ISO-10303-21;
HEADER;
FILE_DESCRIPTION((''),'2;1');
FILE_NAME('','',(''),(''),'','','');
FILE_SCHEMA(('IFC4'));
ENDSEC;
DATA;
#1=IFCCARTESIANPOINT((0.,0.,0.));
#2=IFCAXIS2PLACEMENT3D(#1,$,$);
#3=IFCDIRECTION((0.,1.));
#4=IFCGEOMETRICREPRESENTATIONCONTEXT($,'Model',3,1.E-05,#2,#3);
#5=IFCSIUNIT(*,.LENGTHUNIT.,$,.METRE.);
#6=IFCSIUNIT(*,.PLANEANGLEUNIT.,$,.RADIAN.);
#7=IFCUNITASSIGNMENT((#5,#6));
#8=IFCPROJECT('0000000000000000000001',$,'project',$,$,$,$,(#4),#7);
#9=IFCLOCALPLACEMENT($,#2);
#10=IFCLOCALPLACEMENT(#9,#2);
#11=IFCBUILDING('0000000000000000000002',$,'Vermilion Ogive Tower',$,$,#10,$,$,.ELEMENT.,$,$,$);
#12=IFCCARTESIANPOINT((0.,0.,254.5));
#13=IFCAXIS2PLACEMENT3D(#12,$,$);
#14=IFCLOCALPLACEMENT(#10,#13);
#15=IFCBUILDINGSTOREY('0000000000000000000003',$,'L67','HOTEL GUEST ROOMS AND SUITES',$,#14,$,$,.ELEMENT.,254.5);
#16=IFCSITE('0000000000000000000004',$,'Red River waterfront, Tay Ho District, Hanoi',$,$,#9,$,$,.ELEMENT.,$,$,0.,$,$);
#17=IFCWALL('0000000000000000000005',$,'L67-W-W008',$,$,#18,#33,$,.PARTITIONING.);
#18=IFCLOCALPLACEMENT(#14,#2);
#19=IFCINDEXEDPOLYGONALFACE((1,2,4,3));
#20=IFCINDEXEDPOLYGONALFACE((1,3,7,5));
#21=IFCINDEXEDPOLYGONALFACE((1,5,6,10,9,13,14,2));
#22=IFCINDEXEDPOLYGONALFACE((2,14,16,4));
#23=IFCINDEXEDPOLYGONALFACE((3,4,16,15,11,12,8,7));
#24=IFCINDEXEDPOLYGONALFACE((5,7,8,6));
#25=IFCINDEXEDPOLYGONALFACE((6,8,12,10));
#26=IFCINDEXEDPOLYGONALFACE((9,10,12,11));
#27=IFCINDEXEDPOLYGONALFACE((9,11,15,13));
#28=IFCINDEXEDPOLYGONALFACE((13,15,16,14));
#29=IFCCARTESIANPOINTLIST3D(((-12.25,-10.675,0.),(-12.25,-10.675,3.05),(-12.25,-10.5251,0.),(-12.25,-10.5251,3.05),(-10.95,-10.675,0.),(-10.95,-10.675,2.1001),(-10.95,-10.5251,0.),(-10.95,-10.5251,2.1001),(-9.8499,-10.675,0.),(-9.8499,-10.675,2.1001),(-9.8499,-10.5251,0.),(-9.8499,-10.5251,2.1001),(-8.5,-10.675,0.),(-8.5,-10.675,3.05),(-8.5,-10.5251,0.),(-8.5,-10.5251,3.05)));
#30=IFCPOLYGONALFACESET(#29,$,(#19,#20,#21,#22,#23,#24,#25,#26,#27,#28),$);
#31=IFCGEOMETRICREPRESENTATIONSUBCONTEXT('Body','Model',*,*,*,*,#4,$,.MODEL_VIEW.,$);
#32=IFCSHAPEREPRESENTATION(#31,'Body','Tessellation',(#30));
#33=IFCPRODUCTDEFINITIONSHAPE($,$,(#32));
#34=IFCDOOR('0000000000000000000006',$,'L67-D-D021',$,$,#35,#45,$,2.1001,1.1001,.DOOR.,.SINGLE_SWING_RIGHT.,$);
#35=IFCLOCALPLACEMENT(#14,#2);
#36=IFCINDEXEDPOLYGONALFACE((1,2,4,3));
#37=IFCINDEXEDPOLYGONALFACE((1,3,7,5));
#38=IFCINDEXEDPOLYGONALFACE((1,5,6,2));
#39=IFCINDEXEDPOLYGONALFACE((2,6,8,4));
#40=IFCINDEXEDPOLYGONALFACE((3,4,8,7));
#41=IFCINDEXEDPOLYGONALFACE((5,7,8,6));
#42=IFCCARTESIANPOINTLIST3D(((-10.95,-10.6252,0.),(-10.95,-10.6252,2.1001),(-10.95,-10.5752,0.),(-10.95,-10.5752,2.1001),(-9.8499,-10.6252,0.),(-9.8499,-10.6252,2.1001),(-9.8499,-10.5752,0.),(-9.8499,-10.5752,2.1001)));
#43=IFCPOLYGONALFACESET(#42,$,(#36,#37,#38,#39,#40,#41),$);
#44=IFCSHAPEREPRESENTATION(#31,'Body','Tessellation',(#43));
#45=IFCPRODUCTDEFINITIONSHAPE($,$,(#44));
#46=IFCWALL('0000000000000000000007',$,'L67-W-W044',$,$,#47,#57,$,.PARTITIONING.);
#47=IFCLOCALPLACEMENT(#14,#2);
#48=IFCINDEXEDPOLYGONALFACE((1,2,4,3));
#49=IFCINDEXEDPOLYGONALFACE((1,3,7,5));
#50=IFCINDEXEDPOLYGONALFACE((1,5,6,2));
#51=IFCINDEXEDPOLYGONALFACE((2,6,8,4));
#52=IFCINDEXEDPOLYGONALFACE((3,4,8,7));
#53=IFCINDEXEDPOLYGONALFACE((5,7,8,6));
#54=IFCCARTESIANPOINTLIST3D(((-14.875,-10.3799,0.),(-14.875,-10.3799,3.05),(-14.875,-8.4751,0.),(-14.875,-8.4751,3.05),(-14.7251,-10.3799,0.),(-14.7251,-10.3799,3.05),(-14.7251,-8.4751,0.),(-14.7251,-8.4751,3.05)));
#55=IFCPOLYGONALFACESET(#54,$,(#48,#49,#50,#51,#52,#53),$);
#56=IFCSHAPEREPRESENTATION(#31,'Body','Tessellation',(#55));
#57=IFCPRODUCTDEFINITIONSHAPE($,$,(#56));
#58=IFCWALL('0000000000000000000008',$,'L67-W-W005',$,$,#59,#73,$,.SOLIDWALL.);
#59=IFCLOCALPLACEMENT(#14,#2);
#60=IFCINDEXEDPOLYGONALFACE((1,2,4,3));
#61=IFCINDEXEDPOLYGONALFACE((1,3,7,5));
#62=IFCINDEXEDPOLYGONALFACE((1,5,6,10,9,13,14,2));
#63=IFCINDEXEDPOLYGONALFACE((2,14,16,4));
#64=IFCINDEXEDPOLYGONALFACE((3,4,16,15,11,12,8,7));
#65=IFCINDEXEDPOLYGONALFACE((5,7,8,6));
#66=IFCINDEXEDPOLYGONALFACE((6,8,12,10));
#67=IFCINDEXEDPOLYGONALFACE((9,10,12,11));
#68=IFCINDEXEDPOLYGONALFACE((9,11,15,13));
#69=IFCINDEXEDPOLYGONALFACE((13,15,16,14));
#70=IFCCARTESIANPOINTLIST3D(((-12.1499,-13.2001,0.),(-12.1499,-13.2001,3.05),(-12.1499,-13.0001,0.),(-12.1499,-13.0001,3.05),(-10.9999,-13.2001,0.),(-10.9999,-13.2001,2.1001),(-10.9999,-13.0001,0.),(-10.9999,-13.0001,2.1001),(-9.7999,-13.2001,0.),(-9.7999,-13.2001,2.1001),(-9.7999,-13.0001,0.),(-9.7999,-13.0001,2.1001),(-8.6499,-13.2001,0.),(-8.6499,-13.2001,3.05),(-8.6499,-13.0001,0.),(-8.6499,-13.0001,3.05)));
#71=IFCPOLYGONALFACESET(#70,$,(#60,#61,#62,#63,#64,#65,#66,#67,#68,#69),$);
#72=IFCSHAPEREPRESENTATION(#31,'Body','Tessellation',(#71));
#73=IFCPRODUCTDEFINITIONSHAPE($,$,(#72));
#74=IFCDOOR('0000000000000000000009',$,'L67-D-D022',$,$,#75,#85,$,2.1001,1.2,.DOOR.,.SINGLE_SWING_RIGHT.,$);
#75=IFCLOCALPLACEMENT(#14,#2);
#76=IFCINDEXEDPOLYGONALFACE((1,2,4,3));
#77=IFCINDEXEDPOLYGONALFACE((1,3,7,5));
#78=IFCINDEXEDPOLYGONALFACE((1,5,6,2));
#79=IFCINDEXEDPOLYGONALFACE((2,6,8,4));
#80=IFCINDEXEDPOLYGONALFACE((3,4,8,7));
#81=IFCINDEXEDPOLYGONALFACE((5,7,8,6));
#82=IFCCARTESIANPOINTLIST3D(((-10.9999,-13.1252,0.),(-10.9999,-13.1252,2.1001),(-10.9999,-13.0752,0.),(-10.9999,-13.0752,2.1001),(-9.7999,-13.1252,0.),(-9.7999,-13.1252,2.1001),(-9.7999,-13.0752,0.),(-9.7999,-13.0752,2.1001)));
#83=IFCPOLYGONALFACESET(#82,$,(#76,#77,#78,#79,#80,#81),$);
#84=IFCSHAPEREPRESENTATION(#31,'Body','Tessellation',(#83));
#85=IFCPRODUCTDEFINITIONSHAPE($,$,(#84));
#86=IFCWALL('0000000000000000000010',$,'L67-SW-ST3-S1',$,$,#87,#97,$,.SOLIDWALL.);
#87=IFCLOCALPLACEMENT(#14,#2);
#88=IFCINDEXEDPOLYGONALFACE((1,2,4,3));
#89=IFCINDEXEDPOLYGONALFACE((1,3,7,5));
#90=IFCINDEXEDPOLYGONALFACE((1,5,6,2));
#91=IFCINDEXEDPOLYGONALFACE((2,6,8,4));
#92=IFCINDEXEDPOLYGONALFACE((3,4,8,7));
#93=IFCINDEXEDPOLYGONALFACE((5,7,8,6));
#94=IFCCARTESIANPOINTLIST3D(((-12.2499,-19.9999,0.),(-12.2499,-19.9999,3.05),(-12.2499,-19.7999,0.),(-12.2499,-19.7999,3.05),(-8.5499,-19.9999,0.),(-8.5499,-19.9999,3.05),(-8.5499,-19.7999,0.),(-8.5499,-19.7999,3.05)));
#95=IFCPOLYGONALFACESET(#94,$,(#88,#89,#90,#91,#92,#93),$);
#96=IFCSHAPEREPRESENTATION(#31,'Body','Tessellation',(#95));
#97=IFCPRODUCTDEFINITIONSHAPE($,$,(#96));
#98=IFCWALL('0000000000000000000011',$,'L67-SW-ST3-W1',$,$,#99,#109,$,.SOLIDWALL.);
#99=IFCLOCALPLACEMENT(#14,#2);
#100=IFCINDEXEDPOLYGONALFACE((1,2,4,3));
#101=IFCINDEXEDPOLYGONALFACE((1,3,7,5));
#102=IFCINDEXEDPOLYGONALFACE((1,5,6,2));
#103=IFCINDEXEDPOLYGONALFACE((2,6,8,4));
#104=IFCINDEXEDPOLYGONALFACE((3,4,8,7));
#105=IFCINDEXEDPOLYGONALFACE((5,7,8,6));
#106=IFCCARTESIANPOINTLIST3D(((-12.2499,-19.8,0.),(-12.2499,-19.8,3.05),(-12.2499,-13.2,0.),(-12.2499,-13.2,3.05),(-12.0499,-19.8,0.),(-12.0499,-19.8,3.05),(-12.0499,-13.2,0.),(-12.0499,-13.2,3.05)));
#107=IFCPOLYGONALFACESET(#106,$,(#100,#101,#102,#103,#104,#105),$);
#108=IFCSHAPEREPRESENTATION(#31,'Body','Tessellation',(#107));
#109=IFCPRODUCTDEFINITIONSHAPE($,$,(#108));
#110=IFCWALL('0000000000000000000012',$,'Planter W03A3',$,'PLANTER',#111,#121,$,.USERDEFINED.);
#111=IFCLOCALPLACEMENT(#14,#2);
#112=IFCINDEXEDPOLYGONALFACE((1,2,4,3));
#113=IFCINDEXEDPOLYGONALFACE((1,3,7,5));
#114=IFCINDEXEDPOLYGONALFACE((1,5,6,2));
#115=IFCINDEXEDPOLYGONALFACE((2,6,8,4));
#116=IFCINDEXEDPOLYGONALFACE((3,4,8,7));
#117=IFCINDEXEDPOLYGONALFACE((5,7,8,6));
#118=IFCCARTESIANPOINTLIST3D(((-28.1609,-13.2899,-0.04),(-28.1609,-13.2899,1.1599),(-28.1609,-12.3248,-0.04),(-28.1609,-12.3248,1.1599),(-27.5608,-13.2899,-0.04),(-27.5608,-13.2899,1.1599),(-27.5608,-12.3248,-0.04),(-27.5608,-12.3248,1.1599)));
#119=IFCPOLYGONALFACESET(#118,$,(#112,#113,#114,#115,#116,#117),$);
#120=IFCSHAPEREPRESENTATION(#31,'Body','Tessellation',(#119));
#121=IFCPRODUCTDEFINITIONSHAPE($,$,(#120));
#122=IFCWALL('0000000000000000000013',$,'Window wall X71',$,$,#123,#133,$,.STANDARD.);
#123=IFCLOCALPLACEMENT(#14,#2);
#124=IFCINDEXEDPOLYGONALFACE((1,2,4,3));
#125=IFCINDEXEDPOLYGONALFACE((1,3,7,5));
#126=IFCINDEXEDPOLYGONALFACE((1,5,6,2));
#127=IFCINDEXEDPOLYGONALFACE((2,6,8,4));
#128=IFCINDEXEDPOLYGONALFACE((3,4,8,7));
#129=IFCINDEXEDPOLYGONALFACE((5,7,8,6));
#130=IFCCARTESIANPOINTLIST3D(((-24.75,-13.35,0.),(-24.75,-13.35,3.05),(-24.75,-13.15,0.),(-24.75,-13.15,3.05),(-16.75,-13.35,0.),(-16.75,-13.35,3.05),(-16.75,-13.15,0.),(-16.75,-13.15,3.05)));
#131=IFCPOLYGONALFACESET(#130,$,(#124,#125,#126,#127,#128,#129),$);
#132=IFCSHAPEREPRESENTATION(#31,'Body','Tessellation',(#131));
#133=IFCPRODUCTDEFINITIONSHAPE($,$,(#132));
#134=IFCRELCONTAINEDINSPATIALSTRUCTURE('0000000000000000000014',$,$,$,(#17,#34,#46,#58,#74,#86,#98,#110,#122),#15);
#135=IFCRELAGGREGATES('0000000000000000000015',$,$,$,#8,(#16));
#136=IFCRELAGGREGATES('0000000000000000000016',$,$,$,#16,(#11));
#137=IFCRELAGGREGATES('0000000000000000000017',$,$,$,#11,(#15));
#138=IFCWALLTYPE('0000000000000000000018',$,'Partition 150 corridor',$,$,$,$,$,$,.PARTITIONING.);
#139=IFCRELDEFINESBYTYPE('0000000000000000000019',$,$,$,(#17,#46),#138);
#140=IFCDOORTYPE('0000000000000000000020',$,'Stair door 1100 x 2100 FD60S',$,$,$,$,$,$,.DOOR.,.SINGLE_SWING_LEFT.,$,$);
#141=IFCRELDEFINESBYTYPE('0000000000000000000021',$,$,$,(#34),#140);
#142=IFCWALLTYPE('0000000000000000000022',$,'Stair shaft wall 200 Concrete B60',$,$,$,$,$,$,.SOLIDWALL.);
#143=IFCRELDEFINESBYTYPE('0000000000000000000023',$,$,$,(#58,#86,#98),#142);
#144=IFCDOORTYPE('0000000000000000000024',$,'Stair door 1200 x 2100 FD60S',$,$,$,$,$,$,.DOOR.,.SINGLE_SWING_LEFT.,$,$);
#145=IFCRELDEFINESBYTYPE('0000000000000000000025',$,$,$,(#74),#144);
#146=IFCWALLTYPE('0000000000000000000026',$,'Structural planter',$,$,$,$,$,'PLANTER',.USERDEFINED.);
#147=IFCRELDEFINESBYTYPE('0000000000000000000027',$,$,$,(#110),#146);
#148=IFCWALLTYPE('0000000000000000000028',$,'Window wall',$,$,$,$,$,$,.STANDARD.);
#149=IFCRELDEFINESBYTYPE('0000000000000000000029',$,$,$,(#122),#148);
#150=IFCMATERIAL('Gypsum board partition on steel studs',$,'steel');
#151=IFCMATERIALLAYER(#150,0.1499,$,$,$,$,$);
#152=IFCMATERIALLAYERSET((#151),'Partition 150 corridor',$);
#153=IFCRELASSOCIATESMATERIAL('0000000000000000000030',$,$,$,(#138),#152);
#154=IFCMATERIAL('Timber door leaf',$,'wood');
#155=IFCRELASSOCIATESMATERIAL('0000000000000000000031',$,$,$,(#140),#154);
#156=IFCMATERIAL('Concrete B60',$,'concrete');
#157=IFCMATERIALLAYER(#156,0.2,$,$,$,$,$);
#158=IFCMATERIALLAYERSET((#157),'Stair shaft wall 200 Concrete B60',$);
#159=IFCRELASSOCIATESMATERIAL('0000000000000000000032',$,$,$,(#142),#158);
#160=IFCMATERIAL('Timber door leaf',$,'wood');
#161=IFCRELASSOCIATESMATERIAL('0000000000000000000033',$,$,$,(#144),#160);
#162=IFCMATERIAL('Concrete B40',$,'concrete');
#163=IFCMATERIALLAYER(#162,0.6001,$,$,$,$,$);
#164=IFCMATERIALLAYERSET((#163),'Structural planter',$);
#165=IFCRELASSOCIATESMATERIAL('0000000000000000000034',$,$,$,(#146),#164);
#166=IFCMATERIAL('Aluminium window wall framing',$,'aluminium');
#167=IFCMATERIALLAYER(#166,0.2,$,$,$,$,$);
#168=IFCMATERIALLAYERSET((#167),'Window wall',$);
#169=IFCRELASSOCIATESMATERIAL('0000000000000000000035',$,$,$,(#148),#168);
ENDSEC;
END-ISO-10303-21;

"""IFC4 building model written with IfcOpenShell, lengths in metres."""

from ifc_helpers import new_model, si_unit, direction, frame, frame_2d, origin, place, context, subcontext, project, spatial, rectangle, extrude, material, layer, layer_set, type_object, element, fill, save


model = new_model("IFC4")

# Units and contexts
model_context = context("Model", 3, precision=1e-05, world=origin(), true_north=direction((0.0, 1.0)))
body_context = subcontext(model_context, "Body", "Model", "MODEL_VIEW")
ifc_project = project(units=[si_unit("LENGTHUNIT", "METRE"), si_unit("PLANEANGLEUNIT", "RADIAN")], contexts=[model_context])

# Site, building, storey
site_placement = place(None, origin())
site = spatial("IfcSite", under=ifc_project, at=site_placement, Name="Red River waterfront, Tay Ho District, Hanoi", CompositionType="ELEMENT", RefElevation=0.0)
building_placement = place(site_placement, origin())
building = spatial("IfcBuilding", under=site, at=building_placement, Name="Vermilion Ogive Tower", CompositionType="ELEMENT")
storey_placement = place(building_placement, frame((0.0, 0.0, 254.5)))
storey = spatial("IfcBuildingStorey", under=building, at=storey_placement, Name="L67", Description="HOTEL GUEST ROOMS AND SUITES", CompositionType="ELEMENT", Elevation=254.5)

# Wall, opening, door
ifc_material_1 = material(Name="Gypsum board partition on steel studs", Category="steel")
ifc_layer_1 = layer(ifc_material_1, 0.1499)
ifc_layer_set_1 = layer_set([ifc_layer_1], Name="Partition 150 corridor")
wall_type_1 = type_object("IfcWallType", Name="Partition 150 corridor", PredefinedType="PARTITIONING", material=ifc_layer_set_1)
wall_1_placement = place(storey_placement, frame((-12.25, -10.6001, 0.0), z_axis=(0.0, 0.0, 1.0), x_axis=(1.0, 0.0, 0.0)))
wall_1 = element("IfcWall", 1, at=wall_1_placement, inside=storey, type_object=wall_type_1, Name="L67-W-W008", PredefinedType="PARTITIONING", context=body_context, shape_type="SweptSolid", body=[
    extrude(rectangle(XDim=3.75, YDim=0.1499, at=frame_2d((1.875, 0.0))), origin(), (0.0, 0.0, 1.0), 3.05),
])
opening_1_placement = place(wall_1_placement, frame((1.3, 0.0, 0.0)))
opening_1 = element("IfcOpeningElement", 2, at=opening_1_placement, cuts=wall_1, PredefinedType="OPENING", context=body_context, shape_type="SweptSolid", body=[
    extrude(rectangle(XDim=1.1001, YDim=2.1001, at=frame_2d((0.55, 1.05))), frame((0.0, 0.085, 0.0), z_axis=(0.0, -1.0, 0.0), x_axis=(1.0, 0.0, 0.0)), (0.0, 0.0, 1.0), 0.1699),
])
ifc_material_2 = material(Name="Timber door leaf", Category="wood")
door_type_1 = type_object("IfcDoorType", Name="Stair door 1100 x 2100 FD60S", OperationType="SINGLE_SWING_LEFT", PredefinedType="DOOR", material=ifc_material_2)
door_1_placement = place(opening_1_placement, origin())
door_1 = element("IfcDoor", 3, at=door_1_placement, inside=storey, type_object=door_type_1, Name="L67-D-D021", OperationType="SINGLE_SWING_RIGHT", OverallHeight=2.1001, OverallWidth=1.1001, PredefinedType="DOOR", context=body_context, shape_type="SweptSolid", body=[
    extrude(rectangle(XDim=1.1001, YDim=2.1001, at=frame_2d((0.55, 1.05))), frame((0.0, 0.0249, 0.0), z_axis=(0.0, -1.0, 0.0), x_axis=(1.0, 0.0, 0.0)), (0.0, 0.0, 1.0), 0.05),
])
fill(opening_1, door_1)

# Wall
wall_2_placement = place(storey_placement, frame((-14.8, -10.3799, 0.0), z_axis=(0.0, 0.0, 1.0), x_axis=(0.0, 1.0, 0.0)))
element("IfcWall", 4, at=wall_2_placement, inside=storey, type_object=wall_type_1, Name="L67-W-W044", PredefinedType="PARTITIONING", context=body_context, shape_type="SweptSolid", body=[
    extrude(rectangle(XDim=1.9048, YDim=0.1499, at=frame_2d((0.9524, 0.0))), origin(), (0.0, 0.0, 1.0), 3.05),
])

# Wall, opening, door
ifc_material_3 = material(Name="Concrete B60", Category="concrete")
ifc_layer_2 = layer(ifc_material_3, 0.2)
ifc_layer_set_2 = layer_set([ifc_layer_2], Name="Stair shaft wall 200 Concrete B60")
wall_type_2 = type_object("IfcWallType", Name="Stair shaft wall 200 Concrete B60", PredefinedType="SOLIDWALL", material=ifc_layer_set_2)
wall_3_placement = place(storey_placement, frame((-12.1499, -13.1001, 0.0), z_axis=(0.0, 0.0, 1.0), x_axis=(1.0, 0.0, 0.0)))
wall_3 = element("IfcWall", 5, at=wall_3_placement, inside=storey, type_object=wall_type_2, Name="L67-W-W005", PredefinedType="SOLIDWALL", context=body_context, shape_type="SweptSolid", body=[
    extrude(rectangle(XDim=3.5, YDim=0.2, at=frame_2d((1.75, 0.0))), origin(), (0.0, 0.0, 1.0), 3.05),
])
opening_2_placement = place(wall_3_placement, frame((1.1499, 0.0, 0.0)))
opening_2 = element("IfcOpeningElement", 6, at=opening_2_placement, cuts=wall_3, PredefinedType="OPENING", context=body_context, shape_type="SweptSolid", body=[
    extrude(rectangle(XDim=1.2, YDim=2.1001, at=frame_2d((0.6001, 1.05))), frame((0.0, 0.1099, 0.0), z_axis=(0.0, -1.0, 0.0), x_axis=(1.0, 0.0, 0.0)), (0.0, 0.0, 1.0), 0.22),
])
ifc_material_4 = material(Name="Timber door leaf", Category="wood")
door_type_2 = type_object("IfcDoorType", Name="Stair door 1200 x 2100 FD60S", OperationType="SINGLE_SWING_LEFT", PredefinedType="DOOR", material=ifc_material_4)
door_2_placement = place(opening_2_placement, origin())
door_2 = element("IfcDoor", 7, at=door_2_placement, inside=storey, type_object=door_type_2, Name="L67-D-D022", OperationType="SINGLE_SWING_RIGHT", OverallHeight=2.1001, OverallWidth=1.2, PredefinedType="DOOR", context=body_context, shape_type="SweptSolid", body=[
    extrude(rectangle(XDim=1.2, YDim=2.1001, at=frame_2d((0.6001, 1.05))), frame((0.0, 0.0249, 0.0), z_axis=(0.0, -1.0, 0.0), x_axis=(1.0, 0.0, 0.0)), (0.0, 0.0, 1.0), 0.05),
])
fill(opening_2, door_2)

# Walls
wall_4_placement = place(storey_placement, frame((-12.25, -19.8999, 0.0), z_axis=(0.0, 0.0, 1.0), x_axis=(1.0, 0.0, 0.0)))
element("IfcWall", 8, at=wall_4_placement, inside=storey, type_object=wall_type_2, Name="L67-SW-ST3-S1", PredefinedType="SOLIDWALL", context=body_context, shape_type="SweptSolid", body=[
    extrude(rectangle(XDim=3.7, YDim=0.2, at=frame_2d((1.8501, 0.0))), origin(), (0.0, 0.0, 1.0), 3.05),
])
wall_5_placement = place(storey_placement, frame((-12.1499, -19.8, 0.0), z_axis=(0.0, 0.0, 1.0), x_axis=(0.0, 1.0, 0.0)))
element("IfcWall", 9, at=wall_5_placement, inside=storey, type_object=wall_type_2, Name="L67-SW-ST3-W1", PredefinedType="SOLIDWALL", context=body_context, shape_type="SweptSolid", body=[
    extrude(rectangle(XDim=6.6001, YDim=0.2, at=frame_2d((3.3, 0.0))), origin(), (0.0, 0.0, 1.0), 3.05),
])
ifc_material_5 = material(Name="Concrete B40", Category="concrete")
ifc_layer_3 = layer(ifc_material_5, 0.6001)
ifc_layer_set_3 = layer_set([ifc_layer_3], Name="Structural planter")
wall_type_3 = type_object("IfcWallType", Name="Structural planter", ElementType="PLANTER", PredefinedType="USERDEFINED", material=ifc_layer_set_3)
wall_6_placement = place(storey_placement, frame((-27.8608, -12.325, -0.04), z_axis=(0.0, 0.0, 1.0), x_axis=(0.0, -1.0, 0.0)))
element("IfcWall", 10, at=wall_6_placement, inside=storey, type_object=wall_type_3, Name="Planter W03A3", ObjectType="PLANTER", PredefinedType="USERDEFINED", context=body_context, shape_type="SweptSolid", body=[
    extrude(rectangle(XDim=0.9651, YDim=0.6001, at=frame_2d((0.4824, 0.0))), origin(), (0.0, 0.0, 1.0), 1.2),
])
ifc_material_6 = material(Name="Aluminium window wall framing", Category="aluminium")
ifc_layer_4 = layer(ifc_material_6, 0.2)
ifc_layer_set_4 = layer_set([ifc_layer_4], Name="Window wall")
wall_type_4 = type_object("IfcWallType", Name="Window wall", PredefinedType="STANDARD", material=ifc_layer_set_4)
wall_7_placement = place(storey_placement, frame((-24.75, -13.25, 0.0), z_axis=(0.0, 0.0, 1.0), x_axis=(1.0, 0.0, 0.0)))
element("IfcWall", 11, at=wall_7_placement, inside=storey, type_object=wall_type_4, Name="Window wall X71", PredefinedType="STANDARD", context=body_context, shape_type="SweptSolid", body=[
    extrude(rectangle(XDim=8.0, YDim=0.2, at=frame_2d((4.0, 0.0))), origin(), (0.0, 0.0, 1.0), 3.05),
])

save(model, "model.ifc")
